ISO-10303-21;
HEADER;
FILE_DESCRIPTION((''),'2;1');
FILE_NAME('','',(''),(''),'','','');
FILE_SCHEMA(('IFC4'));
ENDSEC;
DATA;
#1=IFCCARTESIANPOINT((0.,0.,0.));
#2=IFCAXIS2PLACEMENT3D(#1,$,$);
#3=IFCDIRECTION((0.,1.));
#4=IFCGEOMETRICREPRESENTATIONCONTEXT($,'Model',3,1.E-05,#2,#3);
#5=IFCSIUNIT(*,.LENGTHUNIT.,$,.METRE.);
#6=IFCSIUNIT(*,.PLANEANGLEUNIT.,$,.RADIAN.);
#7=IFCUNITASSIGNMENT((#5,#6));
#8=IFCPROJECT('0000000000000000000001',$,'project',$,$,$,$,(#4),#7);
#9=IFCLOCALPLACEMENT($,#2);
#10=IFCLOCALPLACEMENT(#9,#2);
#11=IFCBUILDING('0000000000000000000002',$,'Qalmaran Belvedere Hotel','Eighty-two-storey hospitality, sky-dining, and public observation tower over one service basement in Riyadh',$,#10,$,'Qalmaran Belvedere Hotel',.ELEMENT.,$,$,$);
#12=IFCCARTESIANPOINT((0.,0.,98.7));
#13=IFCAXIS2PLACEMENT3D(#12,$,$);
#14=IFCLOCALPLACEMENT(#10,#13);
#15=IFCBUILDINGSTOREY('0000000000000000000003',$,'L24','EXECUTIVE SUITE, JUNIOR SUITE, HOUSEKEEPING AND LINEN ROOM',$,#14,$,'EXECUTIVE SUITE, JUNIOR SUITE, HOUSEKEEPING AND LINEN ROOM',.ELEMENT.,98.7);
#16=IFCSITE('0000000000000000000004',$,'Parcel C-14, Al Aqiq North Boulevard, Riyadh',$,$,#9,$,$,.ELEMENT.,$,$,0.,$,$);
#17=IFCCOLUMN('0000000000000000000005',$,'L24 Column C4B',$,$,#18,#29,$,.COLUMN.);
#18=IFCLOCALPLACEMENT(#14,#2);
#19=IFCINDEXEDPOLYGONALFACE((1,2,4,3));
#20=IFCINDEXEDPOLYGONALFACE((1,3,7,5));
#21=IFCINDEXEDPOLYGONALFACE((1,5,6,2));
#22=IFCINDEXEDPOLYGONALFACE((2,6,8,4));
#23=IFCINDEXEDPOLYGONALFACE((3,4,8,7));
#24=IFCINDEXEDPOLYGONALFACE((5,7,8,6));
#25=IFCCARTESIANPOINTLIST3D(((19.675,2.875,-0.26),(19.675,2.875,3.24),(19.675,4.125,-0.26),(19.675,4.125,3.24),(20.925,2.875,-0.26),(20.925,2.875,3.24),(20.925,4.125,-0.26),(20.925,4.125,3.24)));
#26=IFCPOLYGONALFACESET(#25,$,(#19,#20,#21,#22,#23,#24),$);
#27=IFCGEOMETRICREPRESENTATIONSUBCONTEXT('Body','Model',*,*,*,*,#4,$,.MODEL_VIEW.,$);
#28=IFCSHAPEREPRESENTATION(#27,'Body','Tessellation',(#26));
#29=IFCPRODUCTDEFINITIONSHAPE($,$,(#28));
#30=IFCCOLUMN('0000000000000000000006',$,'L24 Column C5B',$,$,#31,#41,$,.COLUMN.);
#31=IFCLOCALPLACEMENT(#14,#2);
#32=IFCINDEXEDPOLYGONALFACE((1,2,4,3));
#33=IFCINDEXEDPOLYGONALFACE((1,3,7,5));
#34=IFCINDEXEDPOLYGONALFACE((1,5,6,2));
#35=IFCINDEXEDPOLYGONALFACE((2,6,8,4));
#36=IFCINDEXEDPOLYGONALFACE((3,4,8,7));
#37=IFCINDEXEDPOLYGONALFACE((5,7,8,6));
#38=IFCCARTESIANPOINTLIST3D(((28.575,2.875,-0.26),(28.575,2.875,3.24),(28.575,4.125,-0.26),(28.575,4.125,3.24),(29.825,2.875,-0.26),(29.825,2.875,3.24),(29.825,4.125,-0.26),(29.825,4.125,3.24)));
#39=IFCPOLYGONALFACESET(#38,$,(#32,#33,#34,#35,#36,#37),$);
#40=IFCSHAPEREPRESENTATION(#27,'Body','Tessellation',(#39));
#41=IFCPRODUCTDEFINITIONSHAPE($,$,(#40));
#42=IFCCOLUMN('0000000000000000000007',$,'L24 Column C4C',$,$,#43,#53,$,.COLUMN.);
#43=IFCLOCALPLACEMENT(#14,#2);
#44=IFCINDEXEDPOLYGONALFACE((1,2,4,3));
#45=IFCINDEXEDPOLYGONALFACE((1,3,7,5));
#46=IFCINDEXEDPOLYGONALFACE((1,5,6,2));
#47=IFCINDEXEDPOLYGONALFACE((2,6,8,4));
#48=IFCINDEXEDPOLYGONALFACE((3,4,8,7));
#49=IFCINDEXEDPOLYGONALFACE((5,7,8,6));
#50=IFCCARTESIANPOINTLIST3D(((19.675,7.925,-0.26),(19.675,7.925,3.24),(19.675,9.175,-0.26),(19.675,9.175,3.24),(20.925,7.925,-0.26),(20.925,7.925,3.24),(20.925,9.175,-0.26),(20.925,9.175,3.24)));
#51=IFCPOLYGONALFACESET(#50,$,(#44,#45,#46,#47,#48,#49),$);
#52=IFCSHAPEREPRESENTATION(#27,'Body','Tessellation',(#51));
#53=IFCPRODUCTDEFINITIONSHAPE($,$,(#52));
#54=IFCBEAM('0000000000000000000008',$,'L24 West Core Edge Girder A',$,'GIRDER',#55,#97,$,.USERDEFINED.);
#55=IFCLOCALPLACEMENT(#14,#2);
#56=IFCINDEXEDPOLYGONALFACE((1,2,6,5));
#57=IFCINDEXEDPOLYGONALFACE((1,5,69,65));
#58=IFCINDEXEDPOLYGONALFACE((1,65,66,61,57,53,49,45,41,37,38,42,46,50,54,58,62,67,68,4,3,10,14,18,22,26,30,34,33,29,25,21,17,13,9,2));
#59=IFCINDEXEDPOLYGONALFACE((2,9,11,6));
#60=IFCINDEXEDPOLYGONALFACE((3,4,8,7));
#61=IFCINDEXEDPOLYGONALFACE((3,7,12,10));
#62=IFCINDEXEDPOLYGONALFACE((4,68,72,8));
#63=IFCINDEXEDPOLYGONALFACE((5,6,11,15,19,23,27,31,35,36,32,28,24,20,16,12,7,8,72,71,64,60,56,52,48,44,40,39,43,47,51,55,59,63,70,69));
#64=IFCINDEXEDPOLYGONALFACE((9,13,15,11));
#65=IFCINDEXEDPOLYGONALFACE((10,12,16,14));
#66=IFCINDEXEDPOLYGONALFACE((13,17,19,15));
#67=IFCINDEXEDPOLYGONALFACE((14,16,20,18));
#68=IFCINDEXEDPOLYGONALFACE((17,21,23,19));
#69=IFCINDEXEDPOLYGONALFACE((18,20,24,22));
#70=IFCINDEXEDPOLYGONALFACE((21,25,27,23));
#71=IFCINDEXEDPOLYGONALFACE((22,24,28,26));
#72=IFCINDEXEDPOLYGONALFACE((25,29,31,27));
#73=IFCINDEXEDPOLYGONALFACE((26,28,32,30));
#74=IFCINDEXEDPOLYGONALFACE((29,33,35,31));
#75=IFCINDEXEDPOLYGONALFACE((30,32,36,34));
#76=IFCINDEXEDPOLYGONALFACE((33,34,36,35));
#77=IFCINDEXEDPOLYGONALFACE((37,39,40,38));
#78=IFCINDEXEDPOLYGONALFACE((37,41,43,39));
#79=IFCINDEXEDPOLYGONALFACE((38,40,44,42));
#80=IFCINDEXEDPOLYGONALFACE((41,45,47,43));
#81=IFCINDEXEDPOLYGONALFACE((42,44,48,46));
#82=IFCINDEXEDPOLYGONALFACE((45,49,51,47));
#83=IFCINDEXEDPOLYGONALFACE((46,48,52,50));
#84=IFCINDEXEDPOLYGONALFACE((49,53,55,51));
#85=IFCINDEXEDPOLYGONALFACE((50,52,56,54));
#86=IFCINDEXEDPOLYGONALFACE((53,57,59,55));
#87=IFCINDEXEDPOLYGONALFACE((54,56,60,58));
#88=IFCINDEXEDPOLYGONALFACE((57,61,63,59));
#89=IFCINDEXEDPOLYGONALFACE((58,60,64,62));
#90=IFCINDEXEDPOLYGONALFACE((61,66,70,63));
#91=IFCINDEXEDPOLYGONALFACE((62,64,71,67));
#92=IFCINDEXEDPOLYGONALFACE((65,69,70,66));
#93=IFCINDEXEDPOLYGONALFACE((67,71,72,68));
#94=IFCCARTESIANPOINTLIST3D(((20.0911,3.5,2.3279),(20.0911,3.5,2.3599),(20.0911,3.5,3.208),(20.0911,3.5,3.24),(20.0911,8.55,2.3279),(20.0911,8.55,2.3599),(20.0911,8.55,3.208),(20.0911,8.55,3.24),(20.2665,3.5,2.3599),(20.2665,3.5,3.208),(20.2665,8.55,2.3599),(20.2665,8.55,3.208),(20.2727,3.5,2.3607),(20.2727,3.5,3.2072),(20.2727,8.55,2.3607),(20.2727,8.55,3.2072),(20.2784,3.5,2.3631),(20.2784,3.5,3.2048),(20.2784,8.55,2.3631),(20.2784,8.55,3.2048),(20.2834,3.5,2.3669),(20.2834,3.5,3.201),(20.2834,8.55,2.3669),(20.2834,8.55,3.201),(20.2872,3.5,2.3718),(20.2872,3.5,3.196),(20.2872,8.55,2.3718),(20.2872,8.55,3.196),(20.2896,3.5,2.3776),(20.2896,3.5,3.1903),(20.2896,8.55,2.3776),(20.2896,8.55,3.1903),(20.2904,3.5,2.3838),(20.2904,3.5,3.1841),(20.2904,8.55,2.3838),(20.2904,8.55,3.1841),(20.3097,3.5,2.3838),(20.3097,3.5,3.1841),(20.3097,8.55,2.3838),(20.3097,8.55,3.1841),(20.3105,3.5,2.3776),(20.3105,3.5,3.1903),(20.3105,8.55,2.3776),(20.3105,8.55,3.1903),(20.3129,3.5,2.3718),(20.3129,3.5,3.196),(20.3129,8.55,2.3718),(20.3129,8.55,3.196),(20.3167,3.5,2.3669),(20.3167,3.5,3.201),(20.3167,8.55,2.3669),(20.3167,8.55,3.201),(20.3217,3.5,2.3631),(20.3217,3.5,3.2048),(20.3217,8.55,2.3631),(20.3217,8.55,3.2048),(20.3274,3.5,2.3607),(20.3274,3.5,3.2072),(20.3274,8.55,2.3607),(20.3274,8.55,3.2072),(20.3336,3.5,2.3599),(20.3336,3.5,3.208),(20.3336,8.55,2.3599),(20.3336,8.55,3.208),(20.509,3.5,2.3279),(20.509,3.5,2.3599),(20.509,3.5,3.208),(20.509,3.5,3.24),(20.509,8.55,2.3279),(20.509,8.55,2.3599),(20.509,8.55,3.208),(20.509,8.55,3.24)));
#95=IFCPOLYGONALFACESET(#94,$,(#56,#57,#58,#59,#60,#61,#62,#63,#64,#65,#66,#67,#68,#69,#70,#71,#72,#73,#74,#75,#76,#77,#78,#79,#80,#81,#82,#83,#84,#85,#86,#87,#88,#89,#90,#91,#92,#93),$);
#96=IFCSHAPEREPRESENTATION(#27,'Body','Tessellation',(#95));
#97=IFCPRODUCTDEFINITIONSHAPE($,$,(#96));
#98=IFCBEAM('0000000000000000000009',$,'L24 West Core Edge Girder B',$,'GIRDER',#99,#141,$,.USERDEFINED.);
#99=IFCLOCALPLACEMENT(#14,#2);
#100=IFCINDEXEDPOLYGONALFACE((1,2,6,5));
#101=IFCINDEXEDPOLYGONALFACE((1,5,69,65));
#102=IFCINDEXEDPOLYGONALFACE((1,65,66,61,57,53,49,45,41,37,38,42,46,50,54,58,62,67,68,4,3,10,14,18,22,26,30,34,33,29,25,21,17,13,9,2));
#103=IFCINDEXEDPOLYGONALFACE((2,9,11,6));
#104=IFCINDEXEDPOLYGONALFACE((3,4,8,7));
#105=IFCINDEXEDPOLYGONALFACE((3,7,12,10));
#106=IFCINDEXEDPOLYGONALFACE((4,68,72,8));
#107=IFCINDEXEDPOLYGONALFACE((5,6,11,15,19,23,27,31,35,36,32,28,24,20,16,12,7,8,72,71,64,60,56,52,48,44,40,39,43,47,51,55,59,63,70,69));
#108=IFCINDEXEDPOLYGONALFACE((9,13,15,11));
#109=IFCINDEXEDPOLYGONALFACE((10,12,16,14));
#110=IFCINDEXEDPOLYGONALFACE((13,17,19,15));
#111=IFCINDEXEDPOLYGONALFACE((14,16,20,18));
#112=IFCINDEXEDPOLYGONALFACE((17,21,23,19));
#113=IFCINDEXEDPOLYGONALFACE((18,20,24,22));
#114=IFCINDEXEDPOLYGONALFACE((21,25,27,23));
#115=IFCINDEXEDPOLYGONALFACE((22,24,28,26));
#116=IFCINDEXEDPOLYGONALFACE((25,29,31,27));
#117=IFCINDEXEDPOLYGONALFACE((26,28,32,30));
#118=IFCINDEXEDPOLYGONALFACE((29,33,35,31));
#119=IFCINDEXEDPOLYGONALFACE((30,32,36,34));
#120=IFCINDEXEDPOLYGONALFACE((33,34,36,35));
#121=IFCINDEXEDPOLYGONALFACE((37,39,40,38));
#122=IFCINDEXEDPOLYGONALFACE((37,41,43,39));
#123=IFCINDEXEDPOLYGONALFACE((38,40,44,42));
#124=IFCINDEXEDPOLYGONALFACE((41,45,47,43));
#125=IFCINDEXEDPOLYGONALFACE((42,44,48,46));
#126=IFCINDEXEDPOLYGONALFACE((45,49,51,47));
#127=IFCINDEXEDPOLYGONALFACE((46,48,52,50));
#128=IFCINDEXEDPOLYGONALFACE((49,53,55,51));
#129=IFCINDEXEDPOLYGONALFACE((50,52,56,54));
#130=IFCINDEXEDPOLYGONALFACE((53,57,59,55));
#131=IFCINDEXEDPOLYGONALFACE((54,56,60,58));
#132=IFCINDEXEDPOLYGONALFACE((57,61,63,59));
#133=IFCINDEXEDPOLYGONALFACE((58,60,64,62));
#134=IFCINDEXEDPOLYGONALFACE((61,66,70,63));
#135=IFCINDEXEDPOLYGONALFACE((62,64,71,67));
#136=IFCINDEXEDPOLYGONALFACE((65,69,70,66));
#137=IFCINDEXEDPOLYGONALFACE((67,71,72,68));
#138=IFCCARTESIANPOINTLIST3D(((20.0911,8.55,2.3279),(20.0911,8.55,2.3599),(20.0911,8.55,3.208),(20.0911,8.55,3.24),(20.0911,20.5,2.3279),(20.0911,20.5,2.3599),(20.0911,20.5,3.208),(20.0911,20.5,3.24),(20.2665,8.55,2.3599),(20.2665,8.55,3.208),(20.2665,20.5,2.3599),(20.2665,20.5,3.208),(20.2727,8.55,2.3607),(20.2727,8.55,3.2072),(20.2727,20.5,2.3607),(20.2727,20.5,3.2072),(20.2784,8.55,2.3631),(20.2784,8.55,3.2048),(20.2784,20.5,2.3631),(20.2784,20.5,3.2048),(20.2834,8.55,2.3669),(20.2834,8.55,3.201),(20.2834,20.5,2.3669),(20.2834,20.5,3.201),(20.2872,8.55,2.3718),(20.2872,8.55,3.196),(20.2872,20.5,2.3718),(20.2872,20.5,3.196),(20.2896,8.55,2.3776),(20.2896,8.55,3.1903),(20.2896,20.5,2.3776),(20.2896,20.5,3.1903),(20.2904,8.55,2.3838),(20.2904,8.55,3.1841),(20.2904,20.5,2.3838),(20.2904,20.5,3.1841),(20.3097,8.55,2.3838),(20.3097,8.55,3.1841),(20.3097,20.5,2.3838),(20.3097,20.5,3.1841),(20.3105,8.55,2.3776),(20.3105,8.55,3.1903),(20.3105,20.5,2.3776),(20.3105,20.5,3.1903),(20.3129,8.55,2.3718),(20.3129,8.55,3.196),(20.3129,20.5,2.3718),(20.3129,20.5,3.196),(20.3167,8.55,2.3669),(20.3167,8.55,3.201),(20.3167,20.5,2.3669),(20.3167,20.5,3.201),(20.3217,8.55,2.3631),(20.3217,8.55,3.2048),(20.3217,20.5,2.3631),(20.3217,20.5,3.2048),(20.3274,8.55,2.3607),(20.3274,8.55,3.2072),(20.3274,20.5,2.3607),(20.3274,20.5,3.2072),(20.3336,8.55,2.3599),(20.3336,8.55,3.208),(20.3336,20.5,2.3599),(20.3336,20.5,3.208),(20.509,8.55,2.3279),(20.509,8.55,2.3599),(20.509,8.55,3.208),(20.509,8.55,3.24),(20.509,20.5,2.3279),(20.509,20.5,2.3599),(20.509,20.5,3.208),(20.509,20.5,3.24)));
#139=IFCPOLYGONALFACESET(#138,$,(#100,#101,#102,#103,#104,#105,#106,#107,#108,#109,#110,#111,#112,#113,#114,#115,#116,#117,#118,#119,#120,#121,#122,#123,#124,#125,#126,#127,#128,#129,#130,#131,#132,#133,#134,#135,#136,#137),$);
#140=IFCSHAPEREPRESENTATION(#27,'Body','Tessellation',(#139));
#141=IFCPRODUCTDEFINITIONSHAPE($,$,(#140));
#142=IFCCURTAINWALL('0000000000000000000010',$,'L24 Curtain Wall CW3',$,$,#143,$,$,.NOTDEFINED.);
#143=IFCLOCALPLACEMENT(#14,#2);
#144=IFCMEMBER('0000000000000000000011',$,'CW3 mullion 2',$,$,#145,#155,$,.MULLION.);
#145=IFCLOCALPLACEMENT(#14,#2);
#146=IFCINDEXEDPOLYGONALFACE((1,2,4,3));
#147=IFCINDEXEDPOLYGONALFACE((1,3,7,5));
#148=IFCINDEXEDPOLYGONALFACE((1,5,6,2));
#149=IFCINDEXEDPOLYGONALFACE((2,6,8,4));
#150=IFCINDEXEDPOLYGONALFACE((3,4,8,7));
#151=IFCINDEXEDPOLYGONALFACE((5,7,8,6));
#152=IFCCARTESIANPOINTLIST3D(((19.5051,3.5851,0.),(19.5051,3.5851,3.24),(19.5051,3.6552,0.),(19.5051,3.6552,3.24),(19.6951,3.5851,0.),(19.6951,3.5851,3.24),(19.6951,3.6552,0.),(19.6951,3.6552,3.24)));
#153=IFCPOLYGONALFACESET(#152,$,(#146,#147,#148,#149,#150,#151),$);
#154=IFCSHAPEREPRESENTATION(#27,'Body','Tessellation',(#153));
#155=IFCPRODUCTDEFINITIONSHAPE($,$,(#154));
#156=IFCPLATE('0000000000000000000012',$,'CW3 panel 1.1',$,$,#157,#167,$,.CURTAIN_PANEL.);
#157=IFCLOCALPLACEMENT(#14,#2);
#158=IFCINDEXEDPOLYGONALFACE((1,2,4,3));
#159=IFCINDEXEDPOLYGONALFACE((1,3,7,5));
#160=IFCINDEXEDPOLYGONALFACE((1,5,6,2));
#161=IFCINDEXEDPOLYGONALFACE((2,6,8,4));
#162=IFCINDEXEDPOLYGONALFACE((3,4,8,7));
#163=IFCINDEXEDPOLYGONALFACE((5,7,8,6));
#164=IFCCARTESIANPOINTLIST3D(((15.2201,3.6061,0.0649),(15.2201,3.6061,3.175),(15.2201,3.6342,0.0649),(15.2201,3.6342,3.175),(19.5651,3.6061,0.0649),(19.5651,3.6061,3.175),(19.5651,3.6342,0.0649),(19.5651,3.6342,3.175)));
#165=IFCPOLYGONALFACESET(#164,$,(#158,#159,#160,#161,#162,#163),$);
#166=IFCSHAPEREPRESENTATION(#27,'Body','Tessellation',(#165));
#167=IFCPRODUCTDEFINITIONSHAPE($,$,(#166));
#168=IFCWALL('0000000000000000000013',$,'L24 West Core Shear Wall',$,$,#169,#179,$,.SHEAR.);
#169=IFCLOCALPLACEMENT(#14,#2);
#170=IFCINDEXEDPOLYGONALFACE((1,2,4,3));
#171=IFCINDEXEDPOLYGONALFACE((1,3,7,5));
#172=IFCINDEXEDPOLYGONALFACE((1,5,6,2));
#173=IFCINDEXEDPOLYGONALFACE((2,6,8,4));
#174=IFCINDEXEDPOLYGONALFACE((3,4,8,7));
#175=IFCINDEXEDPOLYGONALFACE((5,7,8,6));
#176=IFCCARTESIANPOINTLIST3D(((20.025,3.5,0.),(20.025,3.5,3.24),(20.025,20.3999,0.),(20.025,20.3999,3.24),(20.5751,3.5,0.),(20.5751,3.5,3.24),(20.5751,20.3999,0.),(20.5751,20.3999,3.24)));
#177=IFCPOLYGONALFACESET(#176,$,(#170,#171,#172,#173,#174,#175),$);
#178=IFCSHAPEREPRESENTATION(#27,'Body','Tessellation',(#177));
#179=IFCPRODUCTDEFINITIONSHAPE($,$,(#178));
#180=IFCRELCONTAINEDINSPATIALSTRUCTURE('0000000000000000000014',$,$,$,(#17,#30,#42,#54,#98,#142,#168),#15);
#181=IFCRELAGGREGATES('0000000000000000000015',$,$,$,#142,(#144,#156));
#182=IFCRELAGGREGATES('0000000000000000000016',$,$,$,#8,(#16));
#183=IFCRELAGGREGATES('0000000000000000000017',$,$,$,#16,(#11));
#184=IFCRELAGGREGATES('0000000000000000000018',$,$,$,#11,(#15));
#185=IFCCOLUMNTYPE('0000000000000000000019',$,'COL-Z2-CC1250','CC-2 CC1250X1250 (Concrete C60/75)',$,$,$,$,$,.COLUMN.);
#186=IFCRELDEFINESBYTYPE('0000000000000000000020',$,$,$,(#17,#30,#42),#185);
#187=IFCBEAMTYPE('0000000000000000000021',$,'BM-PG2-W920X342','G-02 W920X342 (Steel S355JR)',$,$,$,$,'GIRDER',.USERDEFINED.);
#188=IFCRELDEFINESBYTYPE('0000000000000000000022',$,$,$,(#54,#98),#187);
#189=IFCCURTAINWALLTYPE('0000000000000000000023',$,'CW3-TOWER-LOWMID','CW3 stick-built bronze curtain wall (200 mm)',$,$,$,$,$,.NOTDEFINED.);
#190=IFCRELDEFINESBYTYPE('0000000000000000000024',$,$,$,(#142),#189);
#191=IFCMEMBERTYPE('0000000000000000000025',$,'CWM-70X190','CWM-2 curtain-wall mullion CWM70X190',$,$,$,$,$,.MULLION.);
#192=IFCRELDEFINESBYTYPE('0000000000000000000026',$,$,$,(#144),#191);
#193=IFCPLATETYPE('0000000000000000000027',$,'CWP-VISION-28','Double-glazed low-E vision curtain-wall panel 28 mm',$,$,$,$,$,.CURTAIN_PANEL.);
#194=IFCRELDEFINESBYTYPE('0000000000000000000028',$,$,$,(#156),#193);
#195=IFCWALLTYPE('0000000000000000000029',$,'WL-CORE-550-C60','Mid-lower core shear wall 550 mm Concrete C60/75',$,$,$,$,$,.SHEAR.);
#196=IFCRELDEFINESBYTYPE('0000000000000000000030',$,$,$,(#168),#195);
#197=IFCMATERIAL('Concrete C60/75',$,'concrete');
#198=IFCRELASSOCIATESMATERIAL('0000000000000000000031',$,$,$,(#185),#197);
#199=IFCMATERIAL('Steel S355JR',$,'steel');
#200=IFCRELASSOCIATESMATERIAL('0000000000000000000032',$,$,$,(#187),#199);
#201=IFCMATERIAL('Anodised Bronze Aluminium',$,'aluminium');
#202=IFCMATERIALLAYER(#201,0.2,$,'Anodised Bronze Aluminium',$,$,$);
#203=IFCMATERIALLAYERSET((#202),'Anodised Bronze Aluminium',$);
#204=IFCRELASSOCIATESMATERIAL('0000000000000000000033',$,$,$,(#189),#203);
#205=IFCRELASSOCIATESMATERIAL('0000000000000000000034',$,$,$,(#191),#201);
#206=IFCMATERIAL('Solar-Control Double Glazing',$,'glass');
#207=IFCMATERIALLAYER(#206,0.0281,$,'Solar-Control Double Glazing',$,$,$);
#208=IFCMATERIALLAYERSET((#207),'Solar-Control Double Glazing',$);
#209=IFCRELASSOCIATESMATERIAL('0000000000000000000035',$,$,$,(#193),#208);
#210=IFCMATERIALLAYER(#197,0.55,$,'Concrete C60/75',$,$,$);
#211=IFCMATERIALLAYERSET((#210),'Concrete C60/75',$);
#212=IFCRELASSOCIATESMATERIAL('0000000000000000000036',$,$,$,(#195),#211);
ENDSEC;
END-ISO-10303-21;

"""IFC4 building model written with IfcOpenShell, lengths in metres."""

from ifc_helpers import new_model, si_unit, direction, frame, frame_2d, origin, origin_2d, place, context, subcontext, project, spatial, rectangle, i_section, extrude, material, layer, layer_set, material_profile, profile_set, type_object, element, aggregate, save


model = new_model("IFC4")

# Units and contexts
model_context = context("Model", 3, precision=1e-05, world=origin(), true_north=direction((0.0, 1.0)))
body_context = subcontext(model_context, "Body", "Model", "MODEL_VIEW")
ifc_project = project(units=[si_unit("LENGTHUNIT", "METRE"), si_unit("PLANEANGLEUNIT", "RADIAN")], contexts=[model_context])

# Site, building, storey
site_placement = place(None, origin())
site = spatial("IfcSite", under=ifc_project, at=site_placement, Name="Parcel C-14, Al Aqiq North Boulevard, Riyadh", CompositionType="ELEMENT", RefElevation=0.0)
building_placement = place(site_placement, origin())
building = spatial("IfcBuilding", under=site, at=building_placement, Name="Qalmaran Belvedere Hotel", Description="Eighty-two-storey hospitality, sky-dining, and public observation tower over one service basement in Riyadh", LongName="Qalmaran Belvedere Hotel", CompositionType="ELEMENT")
storey_placement = place(building_placement, frame((0.0, 0.0, 98.7)))
storey = spatial("IfcBuildingStorey", under=building, at=storey_placement, Name="L24", Description="EXECUTIVE SUITE, JUNIOR SUITE, HOUSEKEEPING AND LINEN ROOM", LongName="EXECUTIVE SUITE, JUNIOR SUITE, HOUSEKEEPING AND LINEN ROOM", CompositionType="ELEMENT", Elevation=98.7)

# Columns
ifc_material_1 = material(Name="Concrete C60/75", Category="concrete")
ifc_material_profile_1 = material_profile(ifc_material_1, rectangle(XDim=1.25, YDim=1.25, at=origin_2d()), Name="CC1250X1250")
ifc_profile_set_1 = profile_set([ifc_material_profile_1], Name="Concrete C60/75")
column_type = type_object("IfcColumnType", Name="COL-Z2-CC1250", Description="CC-2 CC1250X1250 (Concrete C60/75)", PredefinedType="COLUMN", material=ifc_profile_set_1)
for number, where, z_axis, x_axis, name in (
    (1, (20.3, 3.5, -0.26), (0.0, 0.0, 1.0), (1.0, 0.0, 0.0), "L24 Column C4B"),
    (2, (29.2, 3.5, -0.26), (0.0, 0.0, 1.0), (1.0, 0.0, 0.0), "L24 Column C5B"),
    (3, (20.3, 8.55, -0.26), (0.0, 0.0, 1.0), (1.0, 0.0, 0.0), "L24 Column C4C"),
):
    element("IfcColumn", number, at=place(storey_placement, frame(where, z_axis=z_axis, x_axis=x_axis)), inside=storey, type_object=column_type, Name=name, PredefinedType="COLUMN", context=body_context, shape_type="SweptSolid", body=[
        extrude(rectangle(XDim=1.25, YDim=1.25, at=origin_2d()), origin(), (0.0, 0.0, 1.0), 3.5),
    ])

# Beams
ifc_material_2 = material(Name="Steel S355JR", Category="steel")
ifc_material_profile_2 = material_profile(ifc_material_2, i_section(OverallWidth=0.418, OverallDepth=0.9121, WebThickness=0.0193, FlangeThickness=0.032, FilletRadius=0.0239, at=origin_2d()), Name="W920X342")
ifc_profile_set_2 = profile_set([ifc_material_profile_2], Name="Steel S355JR")
beam_type = type_object("IfcBeamType", Name="BM-PG2-W920X342", Description="G-02 W920X342 (Steel S355JR)", ElementType="GIRDER", PredefinedType="USERDEFINED", material=ifc_profile_set_2)
beam_1_placement = place(storey_placement, frame((20.3, 3.5, 2.7839), z_axis=(0.0, 1.0, 0.0), x_axis=(-1.0, 0.0, 0.0)))
element("IfcBeam", 4, at=beam_1_placement, inside=storey, type_object=beam_type, Name="L24 West Core Edge Girder A", ObjectType="GIRDER", PredefinedType="USERDEFINED", context=body_context, shape_type="SweptSolid", body=[
    extrude(i_section(OverallWidth=0.418, OverallDepth=0.9121, WebThickness=0.0193, FlangeThickness=0.032, FilletRadius=0.0239, at=origin_2d()), origin(), (0.0, 0.0, 1.0), 5.05),
])
beam_2_placement = place(storey_placement, frame((20.3, 8.55, 2.7839), z_axis=(0.0, 1.0, 0.0), x_axis=(-1.0, 0.0, 0.0)))
element("IfcBeam", 5, at=beam_2_placement, inside=storey, type_object=beam_type, Name="L24 West Core Edge Girder B", ObjectType="GIRDER", PredefinedType="USERDEFINED", context=body_context, shape_type="SweptSolid", body=[
    extrude(i_section(OverallWidth=0.418, OverallDepth=0.9121, WebThickness=0.0193, FlangeThickness=0.032, FilletRadius=0.0239, at=origin_2d()), origin(), (0.0, 0.0, 1.0), 11.95),
])

# Curtain wall, member, plate
ifc_material_3 = material(Name="Anodised Bronze Aluminium", Category="aluminium")
ifc_layer_1 = layer(ifc_material_3, 0.2, Name="Anodised Bronze Aluminium")
ifc_layer_set_1 = layer_set([ifc_layer_1], Name="Anodised Bronze Aluminium")
curtain_wall_type = type_object("IfcCurtainWallType", Name="CW3-TOWER-LOWMID", Description="CW3 stick-built bronze curtain wall (200 mm)", PredefinedType="NOTDEFINED", material=ifc_layer_set_1)
curtain_wall_placement = place(storey_placement, origin())
curtain_wall = element("IfcCurtainWall", 6, at=curtain_wall_placement, inside=storey, type_object=curtain_wall_type, Name="L24 Curtain Wall CW3", PredefinedType="NOTDEFINED")
ifc_material_profile_3 = material_profile(ifc_material_3, rectangle(XDim=0.0701, YDim=0.1899, at=origin_2d()), Name="CWM70X190")
ifc_profile_set_3 = profile_set([ifc_material_profile_3], Name="Anodised Bronze Aluminium")
member_type = type_object("IfcMemberType", Name="CWM-70X190", Description="CWM-2 curtain-wall mullion CWM70X190", PredefinedType="MULLION", material=ifc_profile_set_3)
member_placement = place(storey_placement, frame((19.6001, 3.6201, 0.0), z_axis=(0.0, 0.0, 1.0), x_axis=(0.0, 1.0, 0.0)))
member = element("IfcMember", 7, at=member_placement, type_object=member_type, Name="CW3 mullion 2", PredefinedType="MULLION", context=body_context, shape_type="SweptSolid", body=[
    extrude(rectangle(XDim=0.0701, YDim=0.1899, at=origin_2d()), origin(), (0.0, 0.0, 1.0), 3.24),
])
ifc_material_4 = material(Name="Solar-Control Double Glazing", Category="glass")
ifc_layer_2 = layer(ifc_material_4, 0.0281, Name="Solar-Control Double Glazing")
ifc_layer_set_2 = layer_set([ifc_layer_2], Name="Solar-Control Double Glazing")
plate_type = type_object("IfcPlateType", Name="CWP-VISION-28", Description="Double-glazed low-E vision curtain-wall panel 28 mm", PredefinedType="CURTAIN_PANEL", material=ifc_layer_set_2)
plate_placement = place(storey_placement, frame((17.3926, 3.6201, 0.0649), z_axis=(0.0, 0.0, 1.0), x_axis=(1.0, 0.0, 0.0)))
plate = element("IfcPlate", 8, at=plate_placement, type_object=plate_type, Name="CW3 panel 1.1", PredefinedType="CURTAIN_PANEL", context=body_context, shape_type="SweptSolid", body=[
    extrude(rectangle(XDim=4.345, YDim=0.0281, at=origin_2d()), origin(), (0.0, 0.0, 1.0), 3.1101),
])
aggregate(curtain_wall, [member, plate])

# Wall
ifc_layer_3 = layer(ifc_material_1, 0.55, Name="Concrete C60/75")
ifc_layer_set_3 = layer_set([ifc_layer_3], Name="Concrete C60/75")
wall_type_1 = type_object("IfcWallType", Name="WL-CORE-550-C60", Description="Mid-lower core shear wall 550 mm Concrete C60/75", PredefinedType="SHEAR", material=ifc_layer_set_3)
wall_1_placement = place(storey_placement, frame((20.3, 3.5, 0.0), z_axis=(0.0, 0.0, 1.0), x_axis=(0.0, 1.0, 0.0)))
element("IfcWall", 9, at=wall_1_placement, inside=storey, type_object=wall_type_1, Name="L24 West Core Shear Wall", PredefinedType="SHEAR", context=body_context, shape_type="SweptSolid", body=[
    extrude(rectangle(XDim=16.8999, YDim=0.55, at=frame_2d((8.45, 0.0))), origin(), (0.0, 0.0, 1.0), 3.24),
])

save(model, "model.ifc")
